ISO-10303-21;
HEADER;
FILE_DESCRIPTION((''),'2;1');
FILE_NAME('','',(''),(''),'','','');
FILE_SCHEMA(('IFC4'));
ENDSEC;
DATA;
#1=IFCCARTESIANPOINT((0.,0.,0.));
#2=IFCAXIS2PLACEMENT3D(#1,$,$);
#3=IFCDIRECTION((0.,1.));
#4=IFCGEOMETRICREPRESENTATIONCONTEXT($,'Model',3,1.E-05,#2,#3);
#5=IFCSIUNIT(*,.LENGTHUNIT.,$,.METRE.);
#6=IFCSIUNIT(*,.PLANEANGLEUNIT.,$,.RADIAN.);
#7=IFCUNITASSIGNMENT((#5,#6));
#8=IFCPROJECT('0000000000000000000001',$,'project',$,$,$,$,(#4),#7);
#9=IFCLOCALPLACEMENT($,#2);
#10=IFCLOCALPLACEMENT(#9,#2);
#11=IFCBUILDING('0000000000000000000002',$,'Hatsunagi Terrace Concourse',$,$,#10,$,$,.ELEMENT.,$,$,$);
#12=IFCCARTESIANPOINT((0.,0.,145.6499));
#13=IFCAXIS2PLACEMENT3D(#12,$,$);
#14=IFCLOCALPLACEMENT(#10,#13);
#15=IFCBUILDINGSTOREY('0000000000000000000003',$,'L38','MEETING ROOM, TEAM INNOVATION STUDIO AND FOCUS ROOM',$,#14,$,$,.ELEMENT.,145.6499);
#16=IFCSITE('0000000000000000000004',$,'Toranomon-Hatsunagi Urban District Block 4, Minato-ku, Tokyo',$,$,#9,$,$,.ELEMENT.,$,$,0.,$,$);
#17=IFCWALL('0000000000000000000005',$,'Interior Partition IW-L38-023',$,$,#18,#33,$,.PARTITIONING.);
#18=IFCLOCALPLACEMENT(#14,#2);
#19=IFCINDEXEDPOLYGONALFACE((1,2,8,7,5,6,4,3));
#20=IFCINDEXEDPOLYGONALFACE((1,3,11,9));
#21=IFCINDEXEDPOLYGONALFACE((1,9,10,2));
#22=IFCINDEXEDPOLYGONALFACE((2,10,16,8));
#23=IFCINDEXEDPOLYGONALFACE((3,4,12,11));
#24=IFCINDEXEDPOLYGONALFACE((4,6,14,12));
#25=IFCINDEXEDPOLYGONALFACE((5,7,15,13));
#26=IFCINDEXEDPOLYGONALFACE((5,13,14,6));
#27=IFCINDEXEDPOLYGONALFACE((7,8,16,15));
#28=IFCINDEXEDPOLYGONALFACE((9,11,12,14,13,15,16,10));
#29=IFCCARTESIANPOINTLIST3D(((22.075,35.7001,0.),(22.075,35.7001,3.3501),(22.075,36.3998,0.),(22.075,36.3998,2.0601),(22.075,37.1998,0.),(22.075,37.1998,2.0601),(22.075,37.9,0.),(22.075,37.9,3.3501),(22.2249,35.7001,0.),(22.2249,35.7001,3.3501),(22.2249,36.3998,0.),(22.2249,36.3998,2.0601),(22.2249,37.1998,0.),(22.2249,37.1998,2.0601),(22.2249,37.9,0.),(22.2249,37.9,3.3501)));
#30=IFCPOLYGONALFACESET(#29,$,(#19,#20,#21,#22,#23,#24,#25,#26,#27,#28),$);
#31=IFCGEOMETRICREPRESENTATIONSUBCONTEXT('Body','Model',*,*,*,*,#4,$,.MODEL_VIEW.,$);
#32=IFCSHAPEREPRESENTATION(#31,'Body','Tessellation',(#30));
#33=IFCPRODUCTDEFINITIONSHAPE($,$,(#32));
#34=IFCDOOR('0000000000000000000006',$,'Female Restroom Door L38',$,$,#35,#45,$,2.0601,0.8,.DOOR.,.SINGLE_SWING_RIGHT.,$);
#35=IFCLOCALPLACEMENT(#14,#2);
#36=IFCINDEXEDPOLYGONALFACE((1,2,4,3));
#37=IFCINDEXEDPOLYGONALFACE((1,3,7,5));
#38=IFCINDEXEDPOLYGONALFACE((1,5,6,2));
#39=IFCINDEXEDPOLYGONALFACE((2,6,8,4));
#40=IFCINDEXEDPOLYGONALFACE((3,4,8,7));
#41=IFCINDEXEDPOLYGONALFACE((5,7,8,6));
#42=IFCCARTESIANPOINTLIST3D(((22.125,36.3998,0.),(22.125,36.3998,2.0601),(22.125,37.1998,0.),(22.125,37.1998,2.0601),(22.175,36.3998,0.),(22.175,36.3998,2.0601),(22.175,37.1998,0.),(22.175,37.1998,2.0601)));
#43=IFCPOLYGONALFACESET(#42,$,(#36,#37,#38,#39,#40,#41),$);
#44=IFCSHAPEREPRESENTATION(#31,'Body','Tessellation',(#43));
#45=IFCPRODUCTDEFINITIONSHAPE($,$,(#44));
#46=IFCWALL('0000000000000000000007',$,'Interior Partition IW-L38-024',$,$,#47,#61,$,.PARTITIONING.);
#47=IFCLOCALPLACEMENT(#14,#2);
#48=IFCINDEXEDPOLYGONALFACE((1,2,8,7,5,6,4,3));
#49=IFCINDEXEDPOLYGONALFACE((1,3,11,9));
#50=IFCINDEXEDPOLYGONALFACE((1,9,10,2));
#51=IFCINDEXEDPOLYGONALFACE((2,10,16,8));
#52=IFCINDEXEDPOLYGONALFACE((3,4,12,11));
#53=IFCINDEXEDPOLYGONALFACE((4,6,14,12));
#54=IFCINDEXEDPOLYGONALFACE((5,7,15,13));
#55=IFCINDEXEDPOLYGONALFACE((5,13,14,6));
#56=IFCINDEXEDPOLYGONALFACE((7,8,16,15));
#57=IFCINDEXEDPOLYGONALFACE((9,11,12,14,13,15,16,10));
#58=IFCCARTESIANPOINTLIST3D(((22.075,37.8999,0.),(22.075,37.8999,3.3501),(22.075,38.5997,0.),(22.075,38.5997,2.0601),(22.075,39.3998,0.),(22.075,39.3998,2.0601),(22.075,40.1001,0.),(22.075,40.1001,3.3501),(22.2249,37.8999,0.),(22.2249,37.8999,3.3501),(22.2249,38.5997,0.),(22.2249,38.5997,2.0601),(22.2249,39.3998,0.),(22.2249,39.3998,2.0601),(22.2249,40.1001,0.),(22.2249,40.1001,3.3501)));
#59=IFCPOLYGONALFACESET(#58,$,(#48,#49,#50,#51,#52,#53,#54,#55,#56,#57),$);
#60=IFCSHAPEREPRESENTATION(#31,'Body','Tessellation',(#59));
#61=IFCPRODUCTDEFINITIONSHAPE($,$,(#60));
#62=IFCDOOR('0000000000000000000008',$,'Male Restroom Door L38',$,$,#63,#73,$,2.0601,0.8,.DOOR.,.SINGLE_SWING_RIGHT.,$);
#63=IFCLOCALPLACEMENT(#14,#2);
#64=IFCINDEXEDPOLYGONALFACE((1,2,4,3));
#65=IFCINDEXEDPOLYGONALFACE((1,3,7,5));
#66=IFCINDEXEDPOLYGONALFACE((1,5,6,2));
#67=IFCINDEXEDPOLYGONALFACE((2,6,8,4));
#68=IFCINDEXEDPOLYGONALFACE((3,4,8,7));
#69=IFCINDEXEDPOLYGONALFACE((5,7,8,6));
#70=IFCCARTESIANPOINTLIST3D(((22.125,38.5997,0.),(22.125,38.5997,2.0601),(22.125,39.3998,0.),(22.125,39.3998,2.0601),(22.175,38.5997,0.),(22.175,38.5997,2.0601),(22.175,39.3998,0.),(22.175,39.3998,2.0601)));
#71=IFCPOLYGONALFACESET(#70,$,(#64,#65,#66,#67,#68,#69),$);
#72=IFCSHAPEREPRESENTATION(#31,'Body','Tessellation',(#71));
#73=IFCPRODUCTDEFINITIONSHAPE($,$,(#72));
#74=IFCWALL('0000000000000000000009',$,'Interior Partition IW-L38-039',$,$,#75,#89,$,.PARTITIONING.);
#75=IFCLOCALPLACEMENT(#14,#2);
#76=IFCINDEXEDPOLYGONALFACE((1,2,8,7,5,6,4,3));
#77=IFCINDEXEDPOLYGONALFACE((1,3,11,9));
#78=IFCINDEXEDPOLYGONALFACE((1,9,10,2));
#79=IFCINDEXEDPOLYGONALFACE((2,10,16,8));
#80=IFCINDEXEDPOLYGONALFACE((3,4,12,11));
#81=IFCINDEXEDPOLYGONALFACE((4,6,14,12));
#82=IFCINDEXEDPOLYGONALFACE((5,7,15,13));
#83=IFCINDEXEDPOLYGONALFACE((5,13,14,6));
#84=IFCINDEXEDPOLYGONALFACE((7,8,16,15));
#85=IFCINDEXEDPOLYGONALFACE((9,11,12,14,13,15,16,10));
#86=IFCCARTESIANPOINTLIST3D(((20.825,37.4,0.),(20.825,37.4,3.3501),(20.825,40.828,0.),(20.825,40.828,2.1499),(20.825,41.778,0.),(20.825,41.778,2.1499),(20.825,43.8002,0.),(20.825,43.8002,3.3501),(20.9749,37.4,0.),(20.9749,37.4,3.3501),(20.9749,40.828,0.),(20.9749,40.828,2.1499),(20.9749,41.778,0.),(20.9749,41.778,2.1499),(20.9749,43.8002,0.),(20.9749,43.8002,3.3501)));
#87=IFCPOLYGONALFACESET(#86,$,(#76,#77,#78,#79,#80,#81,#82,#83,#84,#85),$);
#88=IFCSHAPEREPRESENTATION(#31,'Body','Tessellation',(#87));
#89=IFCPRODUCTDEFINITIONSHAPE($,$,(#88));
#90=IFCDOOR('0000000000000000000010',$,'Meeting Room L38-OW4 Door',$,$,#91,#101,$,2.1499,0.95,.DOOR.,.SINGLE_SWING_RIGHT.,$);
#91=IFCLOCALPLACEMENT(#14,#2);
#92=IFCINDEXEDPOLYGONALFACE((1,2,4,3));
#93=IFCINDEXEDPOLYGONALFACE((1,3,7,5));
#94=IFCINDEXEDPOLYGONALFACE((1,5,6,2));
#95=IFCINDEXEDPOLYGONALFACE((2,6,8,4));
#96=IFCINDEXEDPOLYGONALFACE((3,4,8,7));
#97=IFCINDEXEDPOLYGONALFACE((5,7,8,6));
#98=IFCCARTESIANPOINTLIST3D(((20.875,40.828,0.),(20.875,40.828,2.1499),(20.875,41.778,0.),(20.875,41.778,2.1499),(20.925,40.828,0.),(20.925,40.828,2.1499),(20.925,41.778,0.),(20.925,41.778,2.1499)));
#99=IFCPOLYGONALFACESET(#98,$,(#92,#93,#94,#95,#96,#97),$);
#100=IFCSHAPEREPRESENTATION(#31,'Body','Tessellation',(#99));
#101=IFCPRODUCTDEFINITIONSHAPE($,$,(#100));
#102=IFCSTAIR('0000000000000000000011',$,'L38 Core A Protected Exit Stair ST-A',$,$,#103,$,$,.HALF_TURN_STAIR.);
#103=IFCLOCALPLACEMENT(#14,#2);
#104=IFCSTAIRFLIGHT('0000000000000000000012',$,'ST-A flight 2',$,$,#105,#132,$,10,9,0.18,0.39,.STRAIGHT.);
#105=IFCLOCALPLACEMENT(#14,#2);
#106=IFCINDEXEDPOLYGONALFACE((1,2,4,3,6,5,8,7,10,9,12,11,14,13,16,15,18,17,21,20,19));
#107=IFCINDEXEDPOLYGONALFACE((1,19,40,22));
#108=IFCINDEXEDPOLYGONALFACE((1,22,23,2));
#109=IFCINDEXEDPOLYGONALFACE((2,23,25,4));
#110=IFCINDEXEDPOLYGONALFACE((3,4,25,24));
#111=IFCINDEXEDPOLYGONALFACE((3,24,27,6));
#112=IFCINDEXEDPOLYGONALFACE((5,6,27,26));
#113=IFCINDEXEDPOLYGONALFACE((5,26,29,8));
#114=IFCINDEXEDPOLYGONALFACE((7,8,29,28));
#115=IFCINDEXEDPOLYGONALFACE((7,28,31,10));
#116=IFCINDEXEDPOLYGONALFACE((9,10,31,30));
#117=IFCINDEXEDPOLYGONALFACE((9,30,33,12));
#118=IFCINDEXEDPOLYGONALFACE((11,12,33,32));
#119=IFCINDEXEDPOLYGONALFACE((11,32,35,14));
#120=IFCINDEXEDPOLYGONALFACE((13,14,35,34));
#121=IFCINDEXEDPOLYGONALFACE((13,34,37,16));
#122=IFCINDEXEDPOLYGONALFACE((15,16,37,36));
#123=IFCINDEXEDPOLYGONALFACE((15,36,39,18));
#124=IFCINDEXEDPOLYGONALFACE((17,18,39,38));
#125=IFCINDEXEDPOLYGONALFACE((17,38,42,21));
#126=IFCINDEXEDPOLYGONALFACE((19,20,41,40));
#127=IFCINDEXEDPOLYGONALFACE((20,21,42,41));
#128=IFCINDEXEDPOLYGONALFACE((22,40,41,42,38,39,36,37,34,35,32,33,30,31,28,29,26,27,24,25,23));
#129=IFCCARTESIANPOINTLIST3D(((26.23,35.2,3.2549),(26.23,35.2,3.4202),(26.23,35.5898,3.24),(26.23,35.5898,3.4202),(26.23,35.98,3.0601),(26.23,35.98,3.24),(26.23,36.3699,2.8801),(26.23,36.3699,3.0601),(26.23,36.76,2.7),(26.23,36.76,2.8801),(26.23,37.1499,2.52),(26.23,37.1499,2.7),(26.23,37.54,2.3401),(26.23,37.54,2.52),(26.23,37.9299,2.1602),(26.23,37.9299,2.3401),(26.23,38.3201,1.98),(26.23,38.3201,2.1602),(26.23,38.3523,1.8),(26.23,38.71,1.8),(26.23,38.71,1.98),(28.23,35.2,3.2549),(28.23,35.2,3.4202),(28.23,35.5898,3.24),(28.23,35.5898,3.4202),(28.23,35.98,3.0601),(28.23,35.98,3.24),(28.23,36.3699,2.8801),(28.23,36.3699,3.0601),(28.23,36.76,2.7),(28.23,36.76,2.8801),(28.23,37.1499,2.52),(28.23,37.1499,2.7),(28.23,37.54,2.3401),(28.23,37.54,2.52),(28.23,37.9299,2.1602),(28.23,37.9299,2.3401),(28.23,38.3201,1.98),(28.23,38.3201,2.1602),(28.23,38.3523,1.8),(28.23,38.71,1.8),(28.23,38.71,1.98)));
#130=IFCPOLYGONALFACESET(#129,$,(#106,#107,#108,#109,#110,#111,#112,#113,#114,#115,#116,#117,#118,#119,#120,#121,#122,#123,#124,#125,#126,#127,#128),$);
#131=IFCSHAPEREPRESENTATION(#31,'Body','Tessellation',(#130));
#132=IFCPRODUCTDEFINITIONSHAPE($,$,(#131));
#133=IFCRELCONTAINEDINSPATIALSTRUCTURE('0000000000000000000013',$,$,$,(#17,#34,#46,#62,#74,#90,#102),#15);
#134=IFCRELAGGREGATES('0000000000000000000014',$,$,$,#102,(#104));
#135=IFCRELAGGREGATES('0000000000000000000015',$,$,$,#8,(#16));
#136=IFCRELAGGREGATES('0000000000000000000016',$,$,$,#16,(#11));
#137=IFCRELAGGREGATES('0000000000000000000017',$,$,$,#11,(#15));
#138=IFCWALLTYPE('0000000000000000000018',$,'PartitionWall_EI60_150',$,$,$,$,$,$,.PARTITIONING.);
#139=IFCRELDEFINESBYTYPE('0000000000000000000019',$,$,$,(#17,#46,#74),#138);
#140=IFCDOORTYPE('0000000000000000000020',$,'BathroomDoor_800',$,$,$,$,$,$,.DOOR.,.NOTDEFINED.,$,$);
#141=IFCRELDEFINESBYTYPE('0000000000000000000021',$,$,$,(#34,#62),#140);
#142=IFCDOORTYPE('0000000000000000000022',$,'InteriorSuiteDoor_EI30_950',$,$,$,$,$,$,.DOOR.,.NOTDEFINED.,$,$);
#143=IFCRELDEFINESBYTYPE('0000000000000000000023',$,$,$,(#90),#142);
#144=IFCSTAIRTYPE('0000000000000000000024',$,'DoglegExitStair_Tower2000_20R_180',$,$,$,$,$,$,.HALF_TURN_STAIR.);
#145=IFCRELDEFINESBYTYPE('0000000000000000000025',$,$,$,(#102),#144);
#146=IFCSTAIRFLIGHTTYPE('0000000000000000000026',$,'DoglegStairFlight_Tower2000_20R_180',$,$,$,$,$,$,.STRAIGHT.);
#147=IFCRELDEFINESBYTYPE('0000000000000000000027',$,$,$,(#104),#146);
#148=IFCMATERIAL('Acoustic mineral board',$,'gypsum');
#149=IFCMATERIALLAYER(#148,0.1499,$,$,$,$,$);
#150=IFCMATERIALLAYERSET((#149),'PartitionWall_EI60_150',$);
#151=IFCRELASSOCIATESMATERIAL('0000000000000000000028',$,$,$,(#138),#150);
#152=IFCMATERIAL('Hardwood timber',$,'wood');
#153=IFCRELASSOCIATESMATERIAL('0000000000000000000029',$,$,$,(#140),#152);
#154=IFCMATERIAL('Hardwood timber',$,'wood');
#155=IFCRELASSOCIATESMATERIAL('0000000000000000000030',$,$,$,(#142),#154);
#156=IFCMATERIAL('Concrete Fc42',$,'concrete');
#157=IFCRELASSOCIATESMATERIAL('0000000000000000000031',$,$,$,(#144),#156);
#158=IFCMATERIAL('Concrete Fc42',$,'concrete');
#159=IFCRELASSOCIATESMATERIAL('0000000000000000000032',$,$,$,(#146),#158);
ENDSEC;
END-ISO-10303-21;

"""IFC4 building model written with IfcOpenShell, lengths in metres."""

from ifc_helpers import new_model, si_unit, direction, frame, frame_2d, origin, place, context, subcontext, project, spatial, polyline, rectangle, outline, extrude, material, layer, layer_set, type_object, element, fill, aggregate, save


model = new_model("IFC4")

# Units and contexts
model_context = context("Model", 3, precision=1e-05, world=origin(), true_north=direction((0.0, 1.0)))
body_context = subcontext(model_context, "Body", "Model", "MODEL_VIEW")
ifc_project = project(units=[si_unit("LENGTHUNIT", "METRE"), si_unit("PLANEANGLEUNIT", "RADIAN")], contexts=[model_context])

# Site, building, storey
site_placement = place(None, origin())
site = spatial("IfcSite", under=ifc_project, at=site_placement, Name="Toranomon-Hatsunagi Urban District Block 4, Minato-ku, Tokyo", CompositionType="ELEMENT", RefElevation=0.0)
building_placement = place(site_placement, origin())
building = spatial("IfcBuilding", under=site, at=building_placement, Name="Hatsunagi Terrace Concourse", CompositionType="ELEMENT")
storey_placement = place(building_placement, frame((0.0, 0.0, 145.6499)))
storey = spatial("IfcBuildingStorey", under=building, at=storey_placement, Name="L38", Description="MEETING ROOM, TEAM INNOVATION STUDIO AND FOCUS ROOM", CompositionType="ELEMENT", Elevation=145.6499)

# Shared definitions
ifc_material_1 = material(Name="Acoustic mineral board", Category="gypsum")
ifc_layer_1 = layer(ifc_material_1, 0.1499)
ifc_layer_set_1 = layer_set([ifc_layer_1], Name="PartitionWall_EI60_150")
wall_type_1 = type_object("IfcWallType", Name="PartitionWall_EI60_150", PredefinedType="PARTITIONING", material=ifc_layer_set_1)

# Walls, openings, doors
ifc_material_2 = material(Name="Hardwood timber", Category="wood")
door_type_1 = type_object("IfcDoorType", Name="BathroomDoor_800", OperationType="NOTDEFINED", PredefinedType="DOOR", material=ifc_material_2)
wall_1_placement = place(storey_placement, frame((22.1499, 35.7, 0.0), z_axis=(0.0, 0.0, 1.0), x_axis=(0.0, 1.0, 0.0)))
wall_1 = element("IfcWall", 1, at=wall_1_placement, inside=storey, type_object=wall_type_1, Name="Interior Partition IW-L38-023", PredefinedType="PARTITIONING", context=body_context, shape_type="SweptSolid", body=[
    extrude(rectangle(XDim=2.2, YDim=0.1499, at=frame_2d((1.1001, 0.0))), origin(), (0.0, 0.0, 1.0), 3.3501),
])
opening_1_placement = place(wall_1_placement, frame((0.7, 0.0, 0.0)))
opening_1 = element("IfcOpeningElement", 2, at=opening_1_placement, cuts=wall_1, PredefinedType="OPENING", context=body_context, shape_type="SweptSolid", body=[
    extrude(rectangle(XDim=0.8, YDim=2.0601, at=frame_2d((0.3999, 1.03))), frame((0.0, 0.085, 0.0), z_axis=(0.0, -1.0, 0.0), x_axis=(1.0, 0.0, 0.0)), (0.0, 0.0, 1.0), 0.1699),
])
door_1_placement = place(opening_1_placement, origin())
door_1 = element("IfcDoor", 3, at=door_1_placement, inside=storey, type_object=door_type_1, Name="Female Restroom Door L38", OperationType="SINGLE_SWING_RIGHT", OverallHeight=2.0601, OverallWidth=0.8, PredefinedType="DOOR", context=body_context, shape_type="SweptSolid", body=[
    extrude(rectangle(XDim=0.8, YDim=2.0601, at=frame_2d((0.3999, 1.03))), frame((0.0, 0.0249, 0.0), z_axis=(0.0, -1.0, 0.0), x_axis=(1.0, 0.0, 0.0)), (0.0, 0.0, 1.0), 0.05),
])
fill(opening_1, door_1)
wall_2_placement = place(storey_placement, frame((22.1499, 37.8999, 0.0), z_axis=(0.0, 0.0, 1.0), x_axis=(0.0, 1.0, 0.0)))
wall_2 = element("IfcWall", 4, at=wall_2_placement, inside=storey, type_object=wall_type_1, Name="Interior Partition IW-L38-024", PredefinedType="PARTITIONING", context=body_context, shape_type="SweptSolid", body=[
    extrude(rectangle(XDim=2.2002, YDim=0.1499, at=frame_2d((1.1001, 0.0))), origin(), (0.0, 0.0, 1.0), 3.3501),
])
opening_2_placement = place(wall_2_placement, frame((0.7, 0.0, 0.0)))
opening_2 = element("IfcOpeningElement", 5, at=opening_2_placement, cuts=wall_2, PredefinedType="OPENING", context=body_context, shape_type="SweptSolid", body=[
    extrude(rectangle(XDim=0.8, YDim=2.0601, at=frame_2d((0.3999, 1.03))), frame((0.0, 0.085, 0.0), z_axis=(0.0, -1.0, 0.0), x_axis=(1.0, 0.0, 0.0)), (0.0, 0.0, 1.0), 0.1699),
])
door_2_placement = place(opening_2_placement, origin())
door_2 = element("IfcDoor", 6, at=door_2_placement, inside=storey, type_object=door_type_1, Name="Male Restroom Door L38", OperationType="SINGLE_SWING_RIGHT", OverallHeight=2.0601, OverallWidth=0.8, PredefinedType="DOOR", context=body_context, shape_type="SweptSolid", body=[
    extrude(rectangle(XDim=0.8, YDim=2.0601, at=frame_2d((0.3999, 1.03))), frame((0.0, 0.0249, 0.0), z_axis=(0.0, -1.0, 0.0), x_axis=(1.0, 0.0, 0.0)), (0.0, 0.0, 1.0), 0.05),
])
fill(opening_2, door_2)
wall_3_placement = place(storey_placement, frame((20.8999, 37.3999, 0.0), z_axis=(0.0, 0.0, 1.0), x_axis=(0.0, 1.0, 0.0)))
wall_3 = element("IfcWall", 7, at=wall_3_placement, inside=storey, type_object=wall_type_1, Name="Interior Partition IW-L38-039", PredefinedType="PARTITIONING", context=body_context, shape_type="SweptSolid", body=[
    extrude(rectangle(XDim=6.4001, YDim=0.1499, at=frame_2d((3.2002, 0.0))), origin(), (0.0, 0.0, 1.0), 3.3501),
])
opening_3_placement = place(wall_3_placement, frame((3.428, 0.0, 0.0)))
opening_3 = element("IfcOpeningElement", 8, at=opening_3_placement, cuts=wall_3, PredefinedType="OPENING", context=body_context, shape_type="SweptSolid", body=[
    extrude(rectangle(XDim=0.95, YDim=2.1499, at=frame_2d((0.4751, 1.075))), frame((0.0, 0.085, 0.0), z_axis=(0.0, -1.0, 0.0), x_axis=(1.0, 0.0, 0.0)), (0.0, 0.0, 1.0), 0.1699),
])
ifc_material_3 = material(Name="Hardwood timber", Category="wood")
door_type_2 = type_object("IfcDoorType", Name="InteriorSuiteDoor_EI30_950", OperationType="NOTDEFINED", PredefinedType="DOOR", material=ifc_material_3)
door_3_placement = place(opening_3_placement, origin())
door_3 = element("IfcDoor", 9, at=door_3_placement, inside=storey, type_object=door_type_2, Name="Meeting Room L38-OW4 Door", OperationType="SINGLE_SWING_RIGHT", OverallHeight=2.1499, OverallWidth=0.95, PredefinedType="DOOR", context=body_context, shape_type="SweptSolid", body=[
    extrude(rectangle(XDim=0.95, YDim=2.1499, at=frame_2d((0.4751, 1.075))), frame((0.0, 0.0249, 0.0), z_axis=(0.0, -1.0, 0.0), x_axis=(1.0, 0.0, 0.0)), (0.0, 0.0, 1.0), 0.05),
])
fill(opening_3, door_3)

# Stair, stair flight
ifc_material_4 = material(Name="Concrete Fc42", Category="concrete")
stair_type = type_object("IfcStairType", Name="DoglegExitStair_Tower2000_20R_180", PredefinedType="HALF_TURN_STAIR", material=ifc_material_4)
stair_placement = place(storey_placement, origin())
stair = element("IfcStair", 10, at=stair_placement, inside=storey, type_object=stair_type, Name="L38 Core A Protected Exit Stair ST-A", PredefinedType="HALF_TURN_STAIR")
ifc_material_5 = material(Name="Concrete Fc42", Category="concrete")
stair_flight_type = type_object("IfcStairFlightType", Name="DoglegStairFlight_Tower2000_20R_180", PredefinedType="STRAIGHT", material=ifc_material_5)
stair_flight_placement = place(storey_placement, frame((27.23, 38.71, 1.8), z_axis=(0.0, 0.0, 1.0), x_axis=(0.0, -1.0, 0.0)))
stair_flight = element("IfcStairFlight", 11, at=stair_flight_placement, type_object=stair_flight_type, Name="ST-A flight 2", NumberOfRisers=10, NumberOfTreads=9, PredefinedType="STRAIGHT", RiserHeight=0.18, TreadLength=0.39, context=body_context, shape_type="SweptSolid", body=[
    extrude(outline(polyline([(0.0, 0.0), (0.0, 0.1799), (0.3899, 0.1799), (0.3899, 0.3601), (0.78, 0.3601), (0.78, 0.54), (1.1699, 0.54), (1.1699, 0.72), (1.5601, 0.72), (1.5601, 0.8999), (1.95, 0.8999), (1.95, 1.0801), (2.3401, 1.0801), (2.3401, 1.26), (2.73, 1.26), (2.73, 1.4399), (3.1201, 1.4399), (3.1201, 1.6201), (3.51, 1.6201), (3.51, 1.8), (3.51, 1.4548), (0.3577, 0.0), (0.0, 0.0)])), frame((0.0, 1.0, 0.0), z_axis=(0.0, -1.0, 0.0), x_axis=(1.0, 0.0, 0.0)), (0.0, 0.0, 1.0), 2.0),
])
aggregate(stair, [stair_flight])

save(model, "model.ifc")
